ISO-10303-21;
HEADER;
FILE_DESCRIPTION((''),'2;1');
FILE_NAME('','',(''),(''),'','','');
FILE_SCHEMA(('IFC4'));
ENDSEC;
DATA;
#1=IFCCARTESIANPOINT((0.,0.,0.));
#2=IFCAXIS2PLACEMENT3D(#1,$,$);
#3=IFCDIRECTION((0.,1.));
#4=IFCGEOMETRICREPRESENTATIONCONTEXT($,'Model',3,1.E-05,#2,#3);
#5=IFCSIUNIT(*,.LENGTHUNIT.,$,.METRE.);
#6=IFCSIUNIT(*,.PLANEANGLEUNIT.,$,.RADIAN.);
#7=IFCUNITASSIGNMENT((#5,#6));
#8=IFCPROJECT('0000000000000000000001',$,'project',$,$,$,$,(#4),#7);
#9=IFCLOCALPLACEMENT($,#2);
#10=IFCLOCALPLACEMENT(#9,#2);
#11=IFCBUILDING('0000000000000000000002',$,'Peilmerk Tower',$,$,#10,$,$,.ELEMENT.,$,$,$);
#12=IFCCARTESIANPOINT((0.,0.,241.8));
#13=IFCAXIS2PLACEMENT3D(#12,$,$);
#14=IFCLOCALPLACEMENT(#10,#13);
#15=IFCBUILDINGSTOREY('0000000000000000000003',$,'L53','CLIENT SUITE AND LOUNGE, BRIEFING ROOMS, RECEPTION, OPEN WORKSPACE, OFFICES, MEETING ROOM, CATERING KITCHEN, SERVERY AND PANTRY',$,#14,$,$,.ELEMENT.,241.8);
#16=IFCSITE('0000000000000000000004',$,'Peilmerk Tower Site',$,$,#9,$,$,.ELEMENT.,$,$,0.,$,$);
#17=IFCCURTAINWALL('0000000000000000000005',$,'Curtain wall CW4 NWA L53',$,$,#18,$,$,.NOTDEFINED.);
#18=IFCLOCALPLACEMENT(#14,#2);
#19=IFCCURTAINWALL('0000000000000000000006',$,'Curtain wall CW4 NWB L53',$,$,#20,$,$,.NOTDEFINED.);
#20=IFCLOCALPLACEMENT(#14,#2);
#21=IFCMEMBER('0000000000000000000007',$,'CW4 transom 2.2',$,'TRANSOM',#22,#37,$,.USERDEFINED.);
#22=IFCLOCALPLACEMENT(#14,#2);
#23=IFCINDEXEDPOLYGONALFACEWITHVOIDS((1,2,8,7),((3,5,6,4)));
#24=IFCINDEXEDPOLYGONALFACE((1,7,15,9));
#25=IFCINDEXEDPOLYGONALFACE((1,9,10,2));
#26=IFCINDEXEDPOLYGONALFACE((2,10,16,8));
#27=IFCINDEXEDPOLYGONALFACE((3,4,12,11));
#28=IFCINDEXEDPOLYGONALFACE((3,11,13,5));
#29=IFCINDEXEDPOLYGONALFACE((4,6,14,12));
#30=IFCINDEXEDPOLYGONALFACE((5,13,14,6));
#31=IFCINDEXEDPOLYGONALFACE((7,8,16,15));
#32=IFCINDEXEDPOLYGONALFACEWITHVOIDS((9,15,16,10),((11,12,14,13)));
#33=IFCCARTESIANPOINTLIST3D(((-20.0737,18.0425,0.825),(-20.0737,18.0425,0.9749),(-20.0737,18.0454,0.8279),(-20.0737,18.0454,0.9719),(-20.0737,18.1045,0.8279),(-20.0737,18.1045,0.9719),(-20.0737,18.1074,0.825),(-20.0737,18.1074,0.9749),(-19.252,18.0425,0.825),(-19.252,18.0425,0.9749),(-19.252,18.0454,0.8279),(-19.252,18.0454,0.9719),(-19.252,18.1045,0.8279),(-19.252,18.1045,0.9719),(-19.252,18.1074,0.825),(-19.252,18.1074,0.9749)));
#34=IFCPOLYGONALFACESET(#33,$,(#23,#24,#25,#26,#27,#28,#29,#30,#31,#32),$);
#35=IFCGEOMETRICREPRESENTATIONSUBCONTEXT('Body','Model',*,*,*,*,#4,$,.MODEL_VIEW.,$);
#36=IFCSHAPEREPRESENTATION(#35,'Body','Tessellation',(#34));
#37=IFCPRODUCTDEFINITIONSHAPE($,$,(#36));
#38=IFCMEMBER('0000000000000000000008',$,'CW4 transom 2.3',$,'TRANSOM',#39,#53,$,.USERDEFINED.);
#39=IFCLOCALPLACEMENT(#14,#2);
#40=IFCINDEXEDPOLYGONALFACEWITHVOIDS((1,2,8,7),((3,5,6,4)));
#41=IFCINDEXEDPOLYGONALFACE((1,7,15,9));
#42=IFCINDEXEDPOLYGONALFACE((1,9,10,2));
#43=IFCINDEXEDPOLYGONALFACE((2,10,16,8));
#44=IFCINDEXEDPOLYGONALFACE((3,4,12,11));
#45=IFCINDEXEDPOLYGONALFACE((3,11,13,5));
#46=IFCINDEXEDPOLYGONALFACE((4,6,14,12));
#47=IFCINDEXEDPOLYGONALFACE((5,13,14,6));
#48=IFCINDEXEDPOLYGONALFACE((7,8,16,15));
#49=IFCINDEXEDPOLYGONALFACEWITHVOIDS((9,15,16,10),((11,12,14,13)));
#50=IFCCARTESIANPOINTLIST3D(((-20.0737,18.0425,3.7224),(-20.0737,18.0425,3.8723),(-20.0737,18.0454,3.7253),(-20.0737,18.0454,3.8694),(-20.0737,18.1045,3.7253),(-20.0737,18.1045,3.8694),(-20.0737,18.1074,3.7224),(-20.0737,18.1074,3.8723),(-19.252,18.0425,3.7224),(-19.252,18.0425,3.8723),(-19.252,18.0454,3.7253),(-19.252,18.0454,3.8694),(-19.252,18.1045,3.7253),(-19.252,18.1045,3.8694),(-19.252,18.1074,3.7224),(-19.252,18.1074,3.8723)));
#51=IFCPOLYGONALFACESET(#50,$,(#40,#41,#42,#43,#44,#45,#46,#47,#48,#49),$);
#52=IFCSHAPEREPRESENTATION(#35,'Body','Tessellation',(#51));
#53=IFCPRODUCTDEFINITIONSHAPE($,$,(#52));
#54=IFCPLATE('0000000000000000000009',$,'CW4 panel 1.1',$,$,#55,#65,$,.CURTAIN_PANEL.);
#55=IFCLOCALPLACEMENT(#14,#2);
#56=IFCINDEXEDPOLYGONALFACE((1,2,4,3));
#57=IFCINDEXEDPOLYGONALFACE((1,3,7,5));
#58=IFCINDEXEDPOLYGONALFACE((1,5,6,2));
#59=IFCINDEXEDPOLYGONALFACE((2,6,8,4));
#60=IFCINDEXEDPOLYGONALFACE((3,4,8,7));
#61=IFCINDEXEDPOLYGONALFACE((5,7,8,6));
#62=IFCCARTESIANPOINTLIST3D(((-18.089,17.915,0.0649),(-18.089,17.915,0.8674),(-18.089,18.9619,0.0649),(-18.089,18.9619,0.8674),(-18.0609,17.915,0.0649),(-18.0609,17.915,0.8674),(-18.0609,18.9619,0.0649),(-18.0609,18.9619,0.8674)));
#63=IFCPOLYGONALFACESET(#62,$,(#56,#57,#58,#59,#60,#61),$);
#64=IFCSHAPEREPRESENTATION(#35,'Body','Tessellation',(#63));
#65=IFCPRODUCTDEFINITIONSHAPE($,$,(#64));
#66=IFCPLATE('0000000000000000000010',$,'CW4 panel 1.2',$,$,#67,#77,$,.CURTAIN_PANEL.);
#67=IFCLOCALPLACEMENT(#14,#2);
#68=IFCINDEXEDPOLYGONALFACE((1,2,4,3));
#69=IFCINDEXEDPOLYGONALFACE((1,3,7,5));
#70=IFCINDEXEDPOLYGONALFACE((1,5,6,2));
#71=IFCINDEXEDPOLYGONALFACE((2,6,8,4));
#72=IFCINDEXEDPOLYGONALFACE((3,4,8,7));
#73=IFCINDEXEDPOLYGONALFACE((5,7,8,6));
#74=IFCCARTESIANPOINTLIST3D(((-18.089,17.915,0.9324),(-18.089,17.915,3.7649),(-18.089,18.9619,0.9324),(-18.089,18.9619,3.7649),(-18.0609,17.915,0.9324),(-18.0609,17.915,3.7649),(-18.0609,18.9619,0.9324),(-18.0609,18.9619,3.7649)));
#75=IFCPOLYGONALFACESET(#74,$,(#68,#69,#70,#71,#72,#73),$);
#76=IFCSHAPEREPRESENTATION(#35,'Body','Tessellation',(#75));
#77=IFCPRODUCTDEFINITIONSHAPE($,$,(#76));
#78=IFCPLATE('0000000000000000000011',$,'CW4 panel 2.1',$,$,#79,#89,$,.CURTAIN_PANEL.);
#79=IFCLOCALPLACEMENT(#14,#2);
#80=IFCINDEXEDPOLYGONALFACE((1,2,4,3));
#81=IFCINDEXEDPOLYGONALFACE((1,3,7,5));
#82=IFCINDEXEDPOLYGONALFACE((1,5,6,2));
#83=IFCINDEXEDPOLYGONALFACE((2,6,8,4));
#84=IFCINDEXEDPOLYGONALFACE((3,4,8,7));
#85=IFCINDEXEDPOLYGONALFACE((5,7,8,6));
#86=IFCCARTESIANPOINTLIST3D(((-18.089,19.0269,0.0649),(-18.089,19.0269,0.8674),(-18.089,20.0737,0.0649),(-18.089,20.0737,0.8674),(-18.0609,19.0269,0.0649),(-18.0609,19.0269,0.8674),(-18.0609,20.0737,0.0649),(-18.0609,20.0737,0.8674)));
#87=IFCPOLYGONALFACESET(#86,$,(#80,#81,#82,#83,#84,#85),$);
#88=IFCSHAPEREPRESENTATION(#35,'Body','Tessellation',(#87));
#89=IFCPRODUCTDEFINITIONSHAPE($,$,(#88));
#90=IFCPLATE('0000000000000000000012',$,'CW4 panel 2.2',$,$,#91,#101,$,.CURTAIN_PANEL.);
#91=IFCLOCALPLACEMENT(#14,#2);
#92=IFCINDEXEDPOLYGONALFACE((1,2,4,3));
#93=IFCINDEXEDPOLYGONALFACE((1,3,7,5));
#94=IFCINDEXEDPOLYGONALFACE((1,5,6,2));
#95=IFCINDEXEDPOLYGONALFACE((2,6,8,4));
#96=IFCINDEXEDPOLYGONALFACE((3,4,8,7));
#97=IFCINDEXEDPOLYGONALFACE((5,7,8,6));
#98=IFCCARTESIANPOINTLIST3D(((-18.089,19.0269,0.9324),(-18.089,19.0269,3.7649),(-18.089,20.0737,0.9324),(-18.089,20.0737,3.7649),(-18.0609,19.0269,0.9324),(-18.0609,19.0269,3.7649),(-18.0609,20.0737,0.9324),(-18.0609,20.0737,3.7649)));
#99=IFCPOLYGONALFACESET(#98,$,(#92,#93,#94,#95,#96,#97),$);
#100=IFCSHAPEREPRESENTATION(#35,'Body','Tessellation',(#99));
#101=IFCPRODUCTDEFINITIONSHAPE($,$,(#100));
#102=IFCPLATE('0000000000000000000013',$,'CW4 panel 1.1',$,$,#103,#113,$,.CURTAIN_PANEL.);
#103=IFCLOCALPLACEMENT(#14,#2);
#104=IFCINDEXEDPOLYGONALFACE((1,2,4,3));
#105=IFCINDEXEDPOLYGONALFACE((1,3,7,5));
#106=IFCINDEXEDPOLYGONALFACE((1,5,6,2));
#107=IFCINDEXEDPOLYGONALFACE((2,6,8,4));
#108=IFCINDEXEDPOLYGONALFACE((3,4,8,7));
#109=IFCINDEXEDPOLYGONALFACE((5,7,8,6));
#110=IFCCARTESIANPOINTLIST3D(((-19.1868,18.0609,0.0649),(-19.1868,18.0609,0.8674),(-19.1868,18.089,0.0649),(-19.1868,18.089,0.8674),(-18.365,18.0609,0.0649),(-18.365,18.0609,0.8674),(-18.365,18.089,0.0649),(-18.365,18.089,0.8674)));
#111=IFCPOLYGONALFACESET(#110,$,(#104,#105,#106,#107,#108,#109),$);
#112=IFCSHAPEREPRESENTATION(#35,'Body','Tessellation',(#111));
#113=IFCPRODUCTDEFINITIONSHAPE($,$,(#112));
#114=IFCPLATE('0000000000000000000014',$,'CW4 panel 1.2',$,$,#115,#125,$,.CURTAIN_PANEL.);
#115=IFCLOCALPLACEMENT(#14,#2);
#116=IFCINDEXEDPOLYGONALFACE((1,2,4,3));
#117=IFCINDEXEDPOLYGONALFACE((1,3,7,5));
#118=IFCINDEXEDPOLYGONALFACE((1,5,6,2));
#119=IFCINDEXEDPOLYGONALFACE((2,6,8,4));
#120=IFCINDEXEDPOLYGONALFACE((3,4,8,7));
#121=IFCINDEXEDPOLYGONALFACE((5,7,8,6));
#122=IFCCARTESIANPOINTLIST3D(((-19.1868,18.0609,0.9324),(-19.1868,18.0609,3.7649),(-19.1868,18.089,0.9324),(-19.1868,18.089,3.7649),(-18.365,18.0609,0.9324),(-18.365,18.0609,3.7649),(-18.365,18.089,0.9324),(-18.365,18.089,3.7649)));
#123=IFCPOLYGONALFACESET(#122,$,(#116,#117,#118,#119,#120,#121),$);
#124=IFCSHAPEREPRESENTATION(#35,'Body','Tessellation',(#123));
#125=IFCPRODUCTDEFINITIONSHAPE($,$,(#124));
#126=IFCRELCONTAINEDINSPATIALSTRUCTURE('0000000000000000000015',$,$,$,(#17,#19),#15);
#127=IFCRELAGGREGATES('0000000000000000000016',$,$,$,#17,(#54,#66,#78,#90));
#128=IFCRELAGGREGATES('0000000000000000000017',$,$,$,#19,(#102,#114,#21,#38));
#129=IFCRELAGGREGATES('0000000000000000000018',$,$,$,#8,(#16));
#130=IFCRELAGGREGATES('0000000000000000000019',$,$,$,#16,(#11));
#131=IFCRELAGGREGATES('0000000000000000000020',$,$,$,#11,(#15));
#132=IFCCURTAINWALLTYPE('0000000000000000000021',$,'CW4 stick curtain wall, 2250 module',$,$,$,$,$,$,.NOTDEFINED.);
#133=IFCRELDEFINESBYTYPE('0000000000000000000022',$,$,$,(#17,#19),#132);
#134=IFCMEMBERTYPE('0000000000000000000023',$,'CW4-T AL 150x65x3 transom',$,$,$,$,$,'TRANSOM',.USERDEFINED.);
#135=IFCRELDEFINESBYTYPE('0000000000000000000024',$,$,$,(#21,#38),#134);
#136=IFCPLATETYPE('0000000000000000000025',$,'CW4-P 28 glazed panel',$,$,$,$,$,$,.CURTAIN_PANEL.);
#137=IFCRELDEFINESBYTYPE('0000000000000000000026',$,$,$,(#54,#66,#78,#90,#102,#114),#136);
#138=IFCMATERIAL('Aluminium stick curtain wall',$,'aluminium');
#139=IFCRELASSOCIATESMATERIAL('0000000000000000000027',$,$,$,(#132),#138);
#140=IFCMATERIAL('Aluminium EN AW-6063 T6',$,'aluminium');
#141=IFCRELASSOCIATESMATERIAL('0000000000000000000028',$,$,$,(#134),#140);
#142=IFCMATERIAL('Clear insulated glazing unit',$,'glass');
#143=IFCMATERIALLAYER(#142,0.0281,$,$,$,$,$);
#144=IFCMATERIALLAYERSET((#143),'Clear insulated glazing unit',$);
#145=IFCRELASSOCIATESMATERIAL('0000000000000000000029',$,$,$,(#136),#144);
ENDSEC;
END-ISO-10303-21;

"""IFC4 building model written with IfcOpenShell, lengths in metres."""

from ifc_helpers import new_model, si_unit, direction, frame, origin, origin_2d, place, context, subcontext, project, spatial, rectangle, hollow_rectangle, extrude, material, layer, layer_set, material_profile, profile_set, type_object, element, aggregate, save


model = new_model("IFC4")

# Units and contexts
model_context = context("Model", 3, precision=1e-05, world=origin(), true_north=direction((0.0, 1.0)))
body_context = subcontext(model_context, "Body", "Model", "MODEL_VIEW")
ifc_project = project(units=[si_unit("LENGTHUNIT", "METRE"), si_unit("PLANEANGLEUNIT", "RADIAN")], contexts=[model_context])

# Site, building, storey
site_placement = place(None, origin())
site = spatial("IfcSite", under=ifc_project, at=site_placement, Name="Peilmerk Tower Site", CompositionType="ELEMENT", RefElevation=0.0)
building_placement = place(site_placement, origin())
building = spatial("IfcBuilding", under=site, at=building_placement, Name="Peilmerk Tower", CompositionType="ELEMENT")
storey_placement = place(building_placement, frame((0.0, 0.0, 241.8)))
storey = spatial("IfcBuildingStorey", under=building, at=storey_placement, Name="L53", Description="CLIENT SUITE AND LOUNGE, BRIEFING ROOMS, RECEPTION, OPEN WORKSPACE, OFFICES, MEETING ROOM, CATERING KITCHEN, SERVERY AND PANTRY", CompositionType="ELEMENT", Elevation=241.8)

# Curtain walls
ifc_material_1 = material(Name="Aluminium stick curtain wall", Category="aluminium")
curtain_wall_type = type_object("IfcCurtainWallType", Name="CW4 stick curtain wall, 2250 module", PredefinedType="NOTDEFINED", material=ifc_material_1)
curtain_wall_1_placement = place(storey_placement, origin())
curtain_wall_1 = element("IfcCurtainWall", 1, at=curtain_wall_1_placement, inside=storey, type_object=curtain_wall_type, Name="Curtain wall CW4 NWA L53", PredefinedType="NOTDEFINED")
ifc_material_2 = material(Name="Aluminium EN AW-6063 T6", Category="aluminium")
curtain_wall_2_placement = place(storey_placement, origin())
curtain_wall_2 = element("IfcCurtainWall", 2, at=curtain_wall_2_placement, inside=storey, type_object=curtain_wall_type, Name="Curtain wall CW4 NWB L53", PredefinedType="NOTDEFINED")

# Members
ifc_material_profile_1 = material_profile(ifc_material_2, hollow_rectangle(XDim=0.0649, YDim=0.1499, WallThickness=0.0029, at=origin_2d()), Name="AL 150x65x3")
ifc_profile_set_1 = profile_set([ifc_material_profile_1], Name="Aluminium EN AW-6063 T6")
member_type_1 = type_object("IfcMemberType", Name="CW4-T AL 150x65x3 transom", ElementType="TRANSOM", PredefinedType="USERDEFINED", material=ifc_profile_set_1)
member_1_placement = place(storey_placement, frame((-19.252, 18.075, 0.8999), z_axis=(-1.0, 0.0, 0.0), x_axis=(0.0, -1.0, 0.0)))
member_1 = element("IfcMember", 3, at=member_1_placement, type_object=member_type_1, Name="CW4 transom 2.2", ObjectType="TRANSOM", PredefinedType="USERDEFINED", context=body_context, shape_type="SweptSolid", body=[
    extrude(hollow_rectangle(XDim=0.0649, YDim=0.1499, WallThickness=0.0029, at=origin_2d()), origin(), (0.0, 0.0, 1.0), 0.8218),
])
member_2_placement = place(storey_placement, frame((-19.252, 18.075, 3.7974), z_axis=(-1.0, 0.0, 0.0), x_axis=(0.0, -1.0, 0.0)))
member_2 = element("IfcMember", 4, at=member_2_placement, type_object=member_type_1, Name="CW4 transom 2.3", ObjectType="TRANSOM", PredefinedType="USERDEFINED", context=body_context, shape_type="SweptSolid", body=[
    extrude(hollow_rectangle(XDim=0.0649, YDim=0.1499, WallThickness=0.0029, at=origin_2d()), origin(), (0.0, 0.0, 1.0), 0.8218),
])

# Plates
ifc_material_3 = material(Name="Clear insulated glazing unit", Category="glass")
ifc_layer_1 = layer(ifc_material_3, 0.0281)
ifc_layer_set_1 = layer_set([ifc_layer_1], Name="Clear insulated glazing unit")
plate_type = type_object("IfcPlateType", Name="CW4-P 28 glazed panel", PredefinedType="CURTAIN_PANEL", material=ifc_layer_set_1)
plate_1_placement = place(storey_placement, frame((-18.075, 18.4385, 0.0649), z_axis=(0.0, 0.0, 1.0), x_axis=(0.0, 1.0, 0.0)))
plate_1 = element("IfcPlate", 5, at=plate_1_placement, type_object=plate_type, Name="CW4 panel 1.1", PredefinedType="CURTAIN_PANEL", context=body_context, shape_type="SweptSolid", body=[
    extrude(rectangle(XDim=1.0469, YDim=0.0281, at=origin_2d()), origin(), (0.0, 0.0, 1.0), 0.8025),
])
plate_2_placement = place(storey_placement, frame((-18.075, 18.4385, 0.9324), z_axis=(0.0, 0.0, 1.0), x_axis=(0.0, 1.0, 0.0)))
plate_2 = element("IfcPlate", 6, at=plate_2_placement, type_object=plate_type, Name="CW4 panel 1.2", PredefinedType="CURTAIN_PANEL", context=body_context, shape_type="SweptSolid", body=[
    extrude(rectangle(XDim=1.0469, YDim=0.0281, at=origin_2d()), origin(), (0.0, 0.0, 1.0), 2.8325),
])
plate_3_placement = place(storey_placement, frame((-18.075, 19.5503, 0.0649), z_axis=(0.0, 0.0, 1.0), x_axis=(0.0, 1.0, 0.0)))
plate_3 = element("IfcPlate", 7, at=plate_3_placement, type_object=plate_type, Name="CW4 panel 2.1", PredefinedType="CURTAIN_PANEL", context=body_context, shape_type="SweptSolid", body=[
    extrude(rectangle(XDim=1.0469, YDim=0.0281, at=origin_2d()), origin(), (0.0, 0.0, 1.0), 0.8025),
])
plate_4_placement = place(storey_placement, frame((-18.075, 19.5503, 0.9324), z_axis=(0.0, 0.0, 1.0), x_axis=(0.0, 1.0, 0.0)))
plate_4 = element("IfcPlate", 8, at=plate_4_placement, type_object=plate_type, Name="CW4 panel 2.2", PredefinedType="CURTAIN_PANEL", context=body_context, shape_type="SweptSolid", body=[
    extrude(rectangle(XDim=1.0469, YDim=0.0281, at=origin_2d()), origin(), (0.0, 0.0, 1.0), 2.8325),
])
aggregate(curtain_wall_1, [plate_1, plate_2, plate_3, plate_4])
plate_5_placement = place(storey_placement, frame((-18.7759, 18.075, 0.0649), z_axis=(0.0, 0.0, 1.0), x_axis=(-1.0, 0.0, 0.0)))
plate_5 = element("IfcPlate", 9, at=plate_5_placement, type_object=plate_type, Name="CW4 panel 1.1", PredefinedType="CURTAIN_PANEL", context=body_context, shape_type="SweptSolid", body=[
    extrude(rectangle(XDim=0.8218, YDim=0.0281, at=origin_2d()), origin(), (0.0, 0.0, 1.0), 0.8025),
])
plate_6_placement = place(storey_placement, frame((-18.7759, 18.075, 0.9324), z_axis=(0.0, 0.0, 1.0), x_axis=(-1.0, 0.0, 0.0)))
plate_6 = element("IfcPlate", 10, at=plate_6_placement, type_object=plate_type, Name="CW4 panel 1.2", PredefinedType="CURTAIN_PANEL", context=body_context, shape_type="SweptSolid", body=[
    extrude(rectangle(XDim=0.8218, YDim=0.0281, at=origin_2d()), origin(), (0.0, 0.0, 1.0), 2.8325),
])
aggregate(curtain_wall_2, [plate_5, plate_6, member_1, member_2])

save(model, "model.ifc")
